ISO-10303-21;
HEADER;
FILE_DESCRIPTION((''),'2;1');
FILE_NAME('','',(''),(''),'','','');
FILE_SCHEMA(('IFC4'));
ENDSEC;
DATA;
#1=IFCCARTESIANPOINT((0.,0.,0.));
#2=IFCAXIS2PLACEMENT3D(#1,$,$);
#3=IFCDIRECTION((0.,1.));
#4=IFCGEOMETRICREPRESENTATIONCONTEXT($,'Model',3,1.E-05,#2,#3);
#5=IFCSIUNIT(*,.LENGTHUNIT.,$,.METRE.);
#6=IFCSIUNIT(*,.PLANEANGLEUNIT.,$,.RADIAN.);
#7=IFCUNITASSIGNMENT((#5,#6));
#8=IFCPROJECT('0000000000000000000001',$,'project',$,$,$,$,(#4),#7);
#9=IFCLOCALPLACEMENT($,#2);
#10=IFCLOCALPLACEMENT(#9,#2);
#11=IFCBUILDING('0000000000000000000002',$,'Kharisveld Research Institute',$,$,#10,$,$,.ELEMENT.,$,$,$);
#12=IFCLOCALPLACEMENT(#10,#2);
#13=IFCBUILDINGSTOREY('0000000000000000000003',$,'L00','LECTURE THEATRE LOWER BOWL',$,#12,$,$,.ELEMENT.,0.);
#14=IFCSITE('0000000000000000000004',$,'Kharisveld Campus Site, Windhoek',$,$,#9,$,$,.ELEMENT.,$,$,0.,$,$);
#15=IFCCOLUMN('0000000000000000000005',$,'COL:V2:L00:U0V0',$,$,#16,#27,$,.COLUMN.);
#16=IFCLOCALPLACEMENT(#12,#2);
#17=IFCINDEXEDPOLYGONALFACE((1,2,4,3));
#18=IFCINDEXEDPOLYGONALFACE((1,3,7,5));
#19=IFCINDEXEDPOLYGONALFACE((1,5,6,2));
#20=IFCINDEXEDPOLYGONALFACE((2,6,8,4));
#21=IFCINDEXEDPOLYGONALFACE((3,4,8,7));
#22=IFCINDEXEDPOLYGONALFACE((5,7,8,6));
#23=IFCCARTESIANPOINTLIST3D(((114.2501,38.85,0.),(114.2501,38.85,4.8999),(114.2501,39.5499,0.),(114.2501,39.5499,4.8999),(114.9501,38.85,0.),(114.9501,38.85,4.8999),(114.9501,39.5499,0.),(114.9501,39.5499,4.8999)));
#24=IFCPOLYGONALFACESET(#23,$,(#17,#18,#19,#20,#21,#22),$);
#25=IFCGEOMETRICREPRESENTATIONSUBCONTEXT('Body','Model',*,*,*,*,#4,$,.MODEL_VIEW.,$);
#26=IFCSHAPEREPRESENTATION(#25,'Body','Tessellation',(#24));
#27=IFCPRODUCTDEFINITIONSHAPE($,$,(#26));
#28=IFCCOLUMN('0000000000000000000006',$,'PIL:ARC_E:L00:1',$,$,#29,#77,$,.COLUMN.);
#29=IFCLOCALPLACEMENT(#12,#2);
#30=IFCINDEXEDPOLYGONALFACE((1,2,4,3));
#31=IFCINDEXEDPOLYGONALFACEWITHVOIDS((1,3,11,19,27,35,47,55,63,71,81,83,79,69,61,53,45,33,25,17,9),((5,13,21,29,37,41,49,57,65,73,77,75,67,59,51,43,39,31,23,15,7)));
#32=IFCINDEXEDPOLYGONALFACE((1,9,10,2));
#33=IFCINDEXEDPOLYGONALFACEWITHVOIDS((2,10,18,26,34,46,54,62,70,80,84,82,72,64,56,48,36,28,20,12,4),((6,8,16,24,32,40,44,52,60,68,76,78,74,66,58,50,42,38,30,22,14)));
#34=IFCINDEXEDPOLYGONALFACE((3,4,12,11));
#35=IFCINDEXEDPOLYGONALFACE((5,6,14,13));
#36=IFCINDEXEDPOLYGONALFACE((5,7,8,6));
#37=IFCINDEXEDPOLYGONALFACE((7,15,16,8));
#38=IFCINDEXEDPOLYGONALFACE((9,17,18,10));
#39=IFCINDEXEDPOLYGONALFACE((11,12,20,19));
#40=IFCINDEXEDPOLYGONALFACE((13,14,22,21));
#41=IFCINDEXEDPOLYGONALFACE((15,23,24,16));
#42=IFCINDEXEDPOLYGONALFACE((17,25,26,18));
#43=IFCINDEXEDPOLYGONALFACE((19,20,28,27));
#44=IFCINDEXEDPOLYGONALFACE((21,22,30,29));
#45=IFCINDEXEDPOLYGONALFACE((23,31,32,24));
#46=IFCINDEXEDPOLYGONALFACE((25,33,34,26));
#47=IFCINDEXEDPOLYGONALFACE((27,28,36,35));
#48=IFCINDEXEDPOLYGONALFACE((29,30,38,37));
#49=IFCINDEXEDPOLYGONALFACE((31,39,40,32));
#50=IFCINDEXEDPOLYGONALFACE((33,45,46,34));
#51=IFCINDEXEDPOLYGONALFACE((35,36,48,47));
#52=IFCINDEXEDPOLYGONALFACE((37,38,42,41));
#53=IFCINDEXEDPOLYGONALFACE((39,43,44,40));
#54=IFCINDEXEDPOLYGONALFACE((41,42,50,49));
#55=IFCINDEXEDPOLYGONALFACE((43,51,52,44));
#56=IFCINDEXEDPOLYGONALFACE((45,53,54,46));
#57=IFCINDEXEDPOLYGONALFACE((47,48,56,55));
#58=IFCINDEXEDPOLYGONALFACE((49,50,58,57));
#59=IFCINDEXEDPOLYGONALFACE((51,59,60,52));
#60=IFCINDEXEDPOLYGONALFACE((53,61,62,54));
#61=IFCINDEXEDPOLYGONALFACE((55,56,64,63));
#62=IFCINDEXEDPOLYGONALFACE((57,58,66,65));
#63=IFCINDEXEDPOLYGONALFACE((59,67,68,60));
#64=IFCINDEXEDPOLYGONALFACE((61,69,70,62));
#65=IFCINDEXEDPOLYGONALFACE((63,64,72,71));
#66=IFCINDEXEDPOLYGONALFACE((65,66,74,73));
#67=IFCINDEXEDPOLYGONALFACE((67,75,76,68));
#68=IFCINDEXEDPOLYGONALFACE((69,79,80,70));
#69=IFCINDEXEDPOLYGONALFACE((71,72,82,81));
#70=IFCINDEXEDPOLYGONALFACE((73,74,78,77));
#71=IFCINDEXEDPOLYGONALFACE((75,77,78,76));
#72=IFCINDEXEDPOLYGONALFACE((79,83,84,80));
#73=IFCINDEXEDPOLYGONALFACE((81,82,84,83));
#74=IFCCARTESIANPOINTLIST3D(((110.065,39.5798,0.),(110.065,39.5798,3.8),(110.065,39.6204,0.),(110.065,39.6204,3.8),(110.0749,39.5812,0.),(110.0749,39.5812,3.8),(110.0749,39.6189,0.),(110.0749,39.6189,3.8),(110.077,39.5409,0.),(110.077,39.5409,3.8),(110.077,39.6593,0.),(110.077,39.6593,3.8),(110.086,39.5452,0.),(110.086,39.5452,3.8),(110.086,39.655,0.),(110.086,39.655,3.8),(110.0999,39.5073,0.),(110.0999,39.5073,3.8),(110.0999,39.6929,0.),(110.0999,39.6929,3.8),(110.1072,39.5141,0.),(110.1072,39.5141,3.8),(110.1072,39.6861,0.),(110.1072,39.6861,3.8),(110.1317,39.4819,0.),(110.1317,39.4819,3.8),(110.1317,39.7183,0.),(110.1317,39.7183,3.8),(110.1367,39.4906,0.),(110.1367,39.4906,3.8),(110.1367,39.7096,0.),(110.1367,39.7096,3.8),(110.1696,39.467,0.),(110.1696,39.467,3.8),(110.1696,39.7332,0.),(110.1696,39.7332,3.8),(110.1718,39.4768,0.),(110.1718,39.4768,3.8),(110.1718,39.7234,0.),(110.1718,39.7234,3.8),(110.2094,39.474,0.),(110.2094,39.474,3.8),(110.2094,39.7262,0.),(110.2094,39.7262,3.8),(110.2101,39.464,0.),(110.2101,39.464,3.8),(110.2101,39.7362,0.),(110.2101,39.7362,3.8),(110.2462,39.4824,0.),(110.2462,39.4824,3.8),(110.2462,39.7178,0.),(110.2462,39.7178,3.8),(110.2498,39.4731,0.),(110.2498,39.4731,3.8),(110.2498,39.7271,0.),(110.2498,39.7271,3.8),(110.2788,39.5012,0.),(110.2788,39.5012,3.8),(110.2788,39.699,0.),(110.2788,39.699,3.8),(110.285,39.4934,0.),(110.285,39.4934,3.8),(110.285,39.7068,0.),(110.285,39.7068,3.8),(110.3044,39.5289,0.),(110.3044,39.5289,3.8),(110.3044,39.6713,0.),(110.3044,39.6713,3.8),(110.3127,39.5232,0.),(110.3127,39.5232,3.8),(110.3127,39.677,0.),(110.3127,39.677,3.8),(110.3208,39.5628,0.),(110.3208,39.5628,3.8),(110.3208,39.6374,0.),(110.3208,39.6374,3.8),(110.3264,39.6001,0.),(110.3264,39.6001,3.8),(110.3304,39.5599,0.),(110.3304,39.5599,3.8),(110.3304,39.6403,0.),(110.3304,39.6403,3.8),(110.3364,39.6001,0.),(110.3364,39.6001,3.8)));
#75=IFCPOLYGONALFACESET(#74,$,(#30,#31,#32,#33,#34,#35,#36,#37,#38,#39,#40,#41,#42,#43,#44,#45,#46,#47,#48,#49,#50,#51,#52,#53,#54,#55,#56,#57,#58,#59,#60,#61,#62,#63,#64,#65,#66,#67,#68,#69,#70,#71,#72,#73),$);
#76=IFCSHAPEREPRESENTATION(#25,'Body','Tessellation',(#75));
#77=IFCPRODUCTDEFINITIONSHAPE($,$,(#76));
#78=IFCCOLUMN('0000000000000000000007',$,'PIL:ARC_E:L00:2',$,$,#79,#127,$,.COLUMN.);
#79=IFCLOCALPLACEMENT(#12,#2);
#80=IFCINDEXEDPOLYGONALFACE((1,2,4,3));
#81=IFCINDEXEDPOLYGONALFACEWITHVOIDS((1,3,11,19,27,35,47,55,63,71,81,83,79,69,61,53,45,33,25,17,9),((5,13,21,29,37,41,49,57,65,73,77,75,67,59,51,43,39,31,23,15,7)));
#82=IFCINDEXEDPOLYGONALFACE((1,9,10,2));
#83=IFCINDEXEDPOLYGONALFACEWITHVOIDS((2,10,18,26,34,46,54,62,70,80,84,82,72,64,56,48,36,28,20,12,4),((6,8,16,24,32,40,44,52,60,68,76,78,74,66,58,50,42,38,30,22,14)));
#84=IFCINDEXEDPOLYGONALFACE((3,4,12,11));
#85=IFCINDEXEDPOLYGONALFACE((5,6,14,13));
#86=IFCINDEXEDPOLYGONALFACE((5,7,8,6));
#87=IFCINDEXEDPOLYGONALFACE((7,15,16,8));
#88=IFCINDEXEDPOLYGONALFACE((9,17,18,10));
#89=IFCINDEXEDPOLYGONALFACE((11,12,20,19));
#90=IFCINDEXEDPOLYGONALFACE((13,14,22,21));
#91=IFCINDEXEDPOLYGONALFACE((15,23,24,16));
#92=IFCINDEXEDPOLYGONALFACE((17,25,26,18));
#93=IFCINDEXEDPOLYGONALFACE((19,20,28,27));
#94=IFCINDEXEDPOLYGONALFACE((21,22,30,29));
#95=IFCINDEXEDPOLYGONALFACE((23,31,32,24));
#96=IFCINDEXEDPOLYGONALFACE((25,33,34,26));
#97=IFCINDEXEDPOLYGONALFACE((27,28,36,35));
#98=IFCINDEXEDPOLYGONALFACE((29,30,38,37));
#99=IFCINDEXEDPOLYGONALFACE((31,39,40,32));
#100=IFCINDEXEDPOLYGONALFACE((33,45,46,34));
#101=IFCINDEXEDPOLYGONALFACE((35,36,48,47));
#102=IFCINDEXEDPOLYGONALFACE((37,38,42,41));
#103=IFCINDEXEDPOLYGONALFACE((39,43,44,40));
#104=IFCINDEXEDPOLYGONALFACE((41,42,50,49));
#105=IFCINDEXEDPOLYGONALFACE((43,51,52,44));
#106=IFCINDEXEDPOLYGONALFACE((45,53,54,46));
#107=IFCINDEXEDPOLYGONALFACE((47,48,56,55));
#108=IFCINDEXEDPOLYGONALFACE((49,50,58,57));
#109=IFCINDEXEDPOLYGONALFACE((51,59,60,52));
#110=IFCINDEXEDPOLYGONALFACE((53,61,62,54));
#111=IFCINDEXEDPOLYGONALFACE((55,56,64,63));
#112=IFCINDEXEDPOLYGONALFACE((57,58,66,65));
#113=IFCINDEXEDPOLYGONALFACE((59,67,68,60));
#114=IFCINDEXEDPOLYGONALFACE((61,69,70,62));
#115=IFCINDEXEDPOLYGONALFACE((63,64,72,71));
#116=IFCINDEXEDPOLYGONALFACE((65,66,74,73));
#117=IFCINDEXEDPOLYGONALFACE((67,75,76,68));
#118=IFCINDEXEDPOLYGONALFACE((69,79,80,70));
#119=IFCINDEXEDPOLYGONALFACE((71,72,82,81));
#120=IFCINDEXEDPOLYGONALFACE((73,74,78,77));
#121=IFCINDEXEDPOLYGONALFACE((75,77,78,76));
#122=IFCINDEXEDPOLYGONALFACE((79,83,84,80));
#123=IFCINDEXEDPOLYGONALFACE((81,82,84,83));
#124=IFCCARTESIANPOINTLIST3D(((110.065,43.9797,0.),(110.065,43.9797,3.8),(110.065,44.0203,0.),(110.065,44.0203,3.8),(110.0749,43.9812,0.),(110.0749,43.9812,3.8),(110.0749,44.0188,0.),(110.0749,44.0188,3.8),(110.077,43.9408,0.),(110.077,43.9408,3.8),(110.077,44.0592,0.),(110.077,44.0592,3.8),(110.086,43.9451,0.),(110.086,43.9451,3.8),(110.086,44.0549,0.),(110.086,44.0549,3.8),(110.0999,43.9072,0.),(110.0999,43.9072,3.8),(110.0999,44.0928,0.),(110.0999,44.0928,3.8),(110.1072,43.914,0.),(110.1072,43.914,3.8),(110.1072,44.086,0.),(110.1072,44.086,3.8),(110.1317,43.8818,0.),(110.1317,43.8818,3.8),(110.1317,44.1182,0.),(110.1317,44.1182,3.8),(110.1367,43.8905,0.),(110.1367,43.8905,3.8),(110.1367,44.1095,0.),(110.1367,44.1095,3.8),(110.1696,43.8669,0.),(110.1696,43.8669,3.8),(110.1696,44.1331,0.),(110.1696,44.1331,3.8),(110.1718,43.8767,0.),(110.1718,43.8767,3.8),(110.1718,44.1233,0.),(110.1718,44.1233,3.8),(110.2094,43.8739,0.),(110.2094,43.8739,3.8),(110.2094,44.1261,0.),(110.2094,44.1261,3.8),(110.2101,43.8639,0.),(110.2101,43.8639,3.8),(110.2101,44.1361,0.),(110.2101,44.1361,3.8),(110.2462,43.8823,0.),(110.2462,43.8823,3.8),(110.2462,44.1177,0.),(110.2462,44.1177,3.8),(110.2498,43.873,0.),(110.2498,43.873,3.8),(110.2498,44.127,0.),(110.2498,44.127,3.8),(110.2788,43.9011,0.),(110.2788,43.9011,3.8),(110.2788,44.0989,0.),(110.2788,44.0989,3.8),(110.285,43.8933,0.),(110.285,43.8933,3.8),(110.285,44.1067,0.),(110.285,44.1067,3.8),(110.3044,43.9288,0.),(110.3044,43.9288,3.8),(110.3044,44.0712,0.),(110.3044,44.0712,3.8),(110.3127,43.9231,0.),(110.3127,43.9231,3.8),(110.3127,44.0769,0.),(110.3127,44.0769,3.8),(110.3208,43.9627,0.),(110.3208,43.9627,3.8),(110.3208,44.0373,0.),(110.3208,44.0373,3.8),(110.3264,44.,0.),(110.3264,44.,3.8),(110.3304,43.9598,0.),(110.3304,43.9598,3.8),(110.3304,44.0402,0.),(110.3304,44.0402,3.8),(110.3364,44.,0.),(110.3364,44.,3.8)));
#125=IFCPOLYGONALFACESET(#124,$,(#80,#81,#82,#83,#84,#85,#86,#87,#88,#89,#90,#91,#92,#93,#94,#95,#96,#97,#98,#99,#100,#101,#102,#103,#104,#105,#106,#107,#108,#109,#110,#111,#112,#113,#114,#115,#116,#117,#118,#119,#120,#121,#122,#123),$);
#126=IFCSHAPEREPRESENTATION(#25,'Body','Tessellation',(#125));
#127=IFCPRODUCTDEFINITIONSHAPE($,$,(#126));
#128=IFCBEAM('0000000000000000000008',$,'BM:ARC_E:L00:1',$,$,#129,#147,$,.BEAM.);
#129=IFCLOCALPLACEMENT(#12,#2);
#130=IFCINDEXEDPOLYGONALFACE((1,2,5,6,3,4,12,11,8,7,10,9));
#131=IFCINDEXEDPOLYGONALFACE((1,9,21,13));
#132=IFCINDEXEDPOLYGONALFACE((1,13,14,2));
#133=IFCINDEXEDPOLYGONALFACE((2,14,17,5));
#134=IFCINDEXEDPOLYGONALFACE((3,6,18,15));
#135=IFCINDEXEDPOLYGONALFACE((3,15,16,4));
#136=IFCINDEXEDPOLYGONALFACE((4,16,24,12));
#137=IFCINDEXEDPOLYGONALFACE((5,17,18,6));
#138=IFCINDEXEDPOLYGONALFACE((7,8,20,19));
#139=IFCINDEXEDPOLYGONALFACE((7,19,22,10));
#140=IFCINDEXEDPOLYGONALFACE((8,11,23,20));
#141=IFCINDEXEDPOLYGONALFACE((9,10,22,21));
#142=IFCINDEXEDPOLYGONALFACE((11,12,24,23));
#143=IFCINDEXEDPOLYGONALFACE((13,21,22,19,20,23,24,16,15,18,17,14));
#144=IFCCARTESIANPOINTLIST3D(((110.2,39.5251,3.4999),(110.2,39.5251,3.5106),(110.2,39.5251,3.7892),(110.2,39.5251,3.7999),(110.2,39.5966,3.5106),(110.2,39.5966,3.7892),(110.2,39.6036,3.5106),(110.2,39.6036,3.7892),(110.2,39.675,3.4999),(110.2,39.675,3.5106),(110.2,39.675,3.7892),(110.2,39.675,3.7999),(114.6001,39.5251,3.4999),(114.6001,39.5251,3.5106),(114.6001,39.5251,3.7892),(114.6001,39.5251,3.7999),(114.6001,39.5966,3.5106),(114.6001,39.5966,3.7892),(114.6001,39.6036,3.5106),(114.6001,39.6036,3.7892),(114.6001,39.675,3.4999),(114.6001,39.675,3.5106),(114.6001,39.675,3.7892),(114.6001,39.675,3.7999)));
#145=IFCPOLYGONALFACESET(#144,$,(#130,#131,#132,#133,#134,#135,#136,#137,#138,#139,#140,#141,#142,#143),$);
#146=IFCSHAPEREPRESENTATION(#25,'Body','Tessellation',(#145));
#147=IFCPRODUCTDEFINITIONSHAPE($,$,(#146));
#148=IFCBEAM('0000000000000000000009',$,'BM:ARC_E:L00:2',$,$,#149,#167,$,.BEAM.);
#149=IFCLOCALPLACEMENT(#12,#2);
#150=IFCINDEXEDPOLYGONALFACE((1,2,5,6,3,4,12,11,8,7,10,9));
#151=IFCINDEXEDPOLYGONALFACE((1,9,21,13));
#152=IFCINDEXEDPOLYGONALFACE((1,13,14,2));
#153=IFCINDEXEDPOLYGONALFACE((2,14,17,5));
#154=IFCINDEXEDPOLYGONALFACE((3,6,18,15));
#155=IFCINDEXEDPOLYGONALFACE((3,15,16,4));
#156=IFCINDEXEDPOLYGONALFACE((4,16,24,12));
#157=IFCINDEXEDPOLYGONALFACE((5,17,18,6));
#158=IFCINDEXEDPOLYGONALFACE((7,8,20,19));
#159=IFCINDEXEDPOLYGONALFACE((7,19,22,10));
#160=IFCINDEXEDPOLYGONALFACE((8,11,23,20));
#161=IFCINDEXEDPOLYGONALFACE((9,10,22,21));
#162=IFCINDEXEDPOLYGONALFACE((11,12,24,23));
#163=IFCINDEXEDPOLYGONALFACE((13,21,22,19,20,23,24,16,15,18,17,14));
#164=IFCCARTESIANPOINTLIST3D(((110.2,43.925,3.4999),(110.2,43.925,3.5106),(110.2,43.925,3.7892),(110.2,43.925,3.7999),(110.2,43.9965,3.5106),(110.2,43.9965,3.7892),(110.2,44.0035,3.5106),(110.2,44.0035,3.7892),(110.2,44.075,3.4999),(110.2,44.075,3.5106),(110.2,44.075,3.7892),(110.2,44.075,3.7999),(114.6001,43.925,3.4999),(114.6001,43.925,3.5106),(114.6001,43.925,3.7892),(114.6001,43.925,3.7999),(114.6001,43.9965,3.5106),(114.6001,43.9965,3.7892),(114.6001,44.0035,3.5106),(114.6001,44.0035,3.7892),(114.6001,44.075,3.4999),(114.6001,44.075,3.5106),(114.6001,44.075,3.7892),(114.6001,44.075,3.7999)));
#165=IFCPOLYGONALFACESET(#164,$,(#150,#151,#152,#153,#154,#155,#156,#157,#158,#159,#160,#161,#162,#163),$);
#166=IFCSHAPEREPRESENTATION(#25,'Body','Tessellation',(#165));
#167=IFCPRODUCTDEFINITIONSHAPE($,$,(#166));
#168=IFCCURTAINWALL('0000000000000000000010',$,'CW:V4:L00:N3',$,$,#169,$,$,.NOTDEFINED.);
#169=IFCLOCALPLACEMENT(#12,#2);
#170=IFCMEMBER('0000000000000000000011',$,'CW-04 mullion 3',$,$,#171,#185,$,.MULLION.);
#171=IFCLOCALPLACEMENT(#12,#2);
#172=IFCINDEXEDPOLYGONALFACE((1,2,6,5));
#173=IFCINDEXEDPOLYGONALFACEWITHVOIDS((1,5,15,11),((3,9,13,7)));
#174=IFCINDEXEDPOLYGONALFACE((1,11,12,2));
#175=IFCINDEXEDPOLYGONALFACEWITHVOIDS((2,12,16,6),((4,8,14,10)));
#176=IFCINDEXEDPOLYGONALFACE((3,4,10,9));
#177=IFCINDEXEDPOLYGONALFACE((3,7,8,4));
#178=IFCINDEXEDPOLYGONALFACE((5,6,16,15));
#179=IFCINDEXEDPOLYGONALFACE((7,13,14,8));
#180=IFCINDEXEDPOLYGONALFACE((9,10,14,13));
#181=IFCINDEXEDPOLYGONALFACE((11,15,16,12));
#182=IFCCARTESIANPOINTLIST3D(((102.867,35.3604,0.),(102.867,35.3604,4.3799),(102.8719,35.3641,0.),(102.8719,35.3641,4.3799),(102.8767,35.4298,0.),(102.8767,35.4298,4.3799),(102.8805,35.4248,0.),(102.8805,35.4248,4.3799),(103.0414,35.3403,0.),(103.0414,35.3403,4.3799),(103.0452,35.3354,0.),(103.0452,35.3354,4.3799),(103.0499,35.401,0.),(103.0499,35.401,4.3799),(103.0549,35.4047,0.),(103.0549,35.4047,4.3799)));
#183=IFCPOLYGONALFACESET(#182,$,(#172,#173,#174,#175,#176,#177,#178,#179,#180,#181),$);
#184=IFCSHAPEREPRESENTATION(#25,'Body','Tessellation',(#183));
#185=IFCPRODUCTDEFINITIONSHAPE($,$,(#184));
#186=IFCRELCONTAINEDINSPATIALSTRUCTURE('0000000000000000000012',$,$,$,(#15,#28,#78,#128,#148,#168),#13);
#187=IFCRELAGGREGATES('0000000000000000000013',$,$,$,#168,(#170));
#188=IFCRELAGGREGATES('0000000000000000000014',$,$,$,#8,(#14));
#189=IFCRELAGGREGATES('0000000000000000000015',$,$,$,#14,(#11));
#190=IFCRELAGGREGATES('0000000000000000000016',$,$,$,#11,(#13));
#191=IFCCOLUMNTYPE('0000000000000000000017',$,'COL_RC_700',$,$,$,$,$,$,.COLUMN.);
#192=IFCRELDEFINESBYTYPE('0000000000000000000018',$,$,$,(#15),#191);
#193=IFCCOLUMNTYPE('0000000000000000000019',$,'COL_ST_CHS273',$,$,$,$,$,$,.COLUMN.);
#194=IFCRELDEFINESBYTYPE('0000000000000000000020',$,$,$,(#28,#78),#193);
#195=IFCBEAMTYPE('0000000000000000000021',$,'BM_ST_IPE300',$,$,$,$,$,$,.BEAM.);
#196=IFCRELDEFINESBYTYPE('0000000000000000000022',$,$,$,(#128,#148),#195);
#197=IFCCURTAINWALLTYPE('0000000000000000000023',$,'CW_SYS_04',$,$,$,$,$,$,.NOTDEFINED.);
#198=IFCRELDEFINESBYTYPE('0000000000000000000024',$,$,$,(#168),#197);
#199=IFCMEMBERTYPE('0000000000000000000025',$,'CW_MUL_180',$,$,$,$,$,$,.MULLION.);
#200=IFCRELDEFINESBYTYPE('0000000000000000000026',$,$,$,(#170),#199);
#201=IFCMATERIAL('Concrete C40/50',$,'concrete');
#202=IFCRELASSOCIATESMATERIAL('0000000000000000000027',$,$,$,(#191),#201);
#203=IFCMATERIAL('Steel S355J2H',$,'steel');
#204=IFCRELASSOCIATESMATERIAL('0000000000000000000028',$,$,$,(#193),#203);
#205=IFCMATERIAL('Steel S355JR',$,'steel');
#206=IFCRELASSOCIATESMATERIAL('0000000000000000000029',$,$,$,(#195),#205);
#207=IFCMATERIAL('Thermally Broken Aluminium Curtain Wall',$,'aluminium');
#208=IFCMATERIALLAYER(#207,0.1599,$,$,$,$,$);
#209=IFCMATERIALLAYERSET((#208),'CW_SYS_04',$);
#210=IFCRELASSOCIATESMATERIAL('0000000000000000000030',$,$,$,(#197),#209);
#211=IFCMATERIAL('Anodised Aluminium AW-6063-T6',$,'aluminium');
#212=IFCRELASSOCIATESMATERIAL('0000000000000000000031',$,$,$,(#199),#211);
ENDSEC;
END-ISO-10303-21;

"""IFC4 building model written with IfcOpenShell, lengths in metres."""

from ifc_helpers import new_model, si_unit, direction, frame, origin, origin_2d, place, context, subcontext, project, spatial, rectangle, hollow_rectangle, hollow_circle, i_section, extrude, material, layer, layer_set, material_profile, profile_set, type_object, element, aggregate, save


model = new_model("IFC4")

# Units and contexts
model_context = context("Model", 3, precision=1e-05, world=origin(), true_north=direction((0.0, 1.0)))
body_context = subcontext(model_context, "Body", "Model", "MODEL_VIEW")
ifc_project = project(units=[si_unit("LENGTHUNIT", "METRE"), si_unit("PLANEANGLEUNIT", "RADIAN")], contexts=[model_context])

# Site, building, storey
site_placement = place(None, origin())
site = spatial("IfcSite", under=ifc_project, at=site_placement, Name="Kharisveld Campus Site, Windhoek", CompositionType="ELEMENT", RefElevation=0.0)
building_placement = place(site_placement, origin())
building = spatial("IfcBuilding", under=site, at=building_placement, Name="Kharisveld Research Institute", CompositionType="ELEMENT")
storey_placement = place(building_placement, origin())
storey = spatial("IfcBuildingStorey", under=building, at=storey_placement, Name="L00", Description="LECTURE THEATRE LOWER BOWL", CompositionType="ELEMENT", Elevation=0.0)

# Columns
ifc_material_1 = material(Name="Concrete C40/50", Category="concrete")
ifc_material_profile_1 = material_profile(ifc_material_1, rectangle(XDim=0.7, YDim=0.7, at=origin_2d()))
ifc_profile_set_1 = profile_set([ifc_material_profile_1], Name="Concrete C40/50")
column_type_1 = type_object("IfcColumnType", Name="COL_RC_700", PredefinedType="COLUMN", material=ifc_profile_set_1)
column_placement = place(storey_placement, frame((114.6001, 39.2, 0.0), z_axis=(0.0, 0.0, 1.0), x_axis=(1.0, 0.0, 0.0)))
element("IfcColumn", 1, at=column_placement, inside=storey, type_object=column_type_1, Name="COL:V2:L00:U0V0", PredefinedType="COLUMN", context=body_context, shape_type="SweptSolid", body=[
    extrude(rectangle(XDim=0.7, YDim=0.7, at=origin_2d()), origin(), (0.0, 0.0, 1.0), 4.8999),
])
ifc_material_2 = material(Name="Steel S355J2H", Category="steel")
ifc_material_profile_2 = material_profile(ifc_material_2, hollow_circle(Radius=0.1365, WallThickness=0.01, at=origin_2d()))
ifc_profile_set_2 = profile_set([ifc_material_profile_2], Name="Steel S355J2H")
column_type_2 = type_object("IfcColumnType", Name="COL_ST_CHS273", PredefinedType="COLUMN", material=ifc_profile_set_2)
for number, where, z_axis, x_axis, name in (
    (2, (110.2, 39.6001, 0.0), (0.0, 0.0, 1.0), (1.0, 0.0, 0.0), "PIL:ARC_E:L00:1"),
    (3, (110.2, 44.0, 0.0), (0.0, 0.0, 1.0), (1.0, 0.0, 0.0), "PIL:ARC_E:L00:2"),
):
    element("IfcColumn", number, at=place(storey_placement, frame(where, z_axis=z_axis, x_axis=x_axis)), inside=storey, type_object=column_type_2, Name=name, PredefinedType="COLUMN", context=body_context, shape_type="SweptSolid", body=[
        extrude(hollow_circle(Radius=0.1365, WallThickness=0.01, at=origin_2d()), origin(), (0.0, 0.0, 1.0), 3.8),
    ])

# Beams
ifc_material_3 = material(Name="Steel S355JR", Category="steel")
ifc_material_profile_3 = material_profile(ifc_material_3, i_section(OverallWidth=0.1499, OverallDepth=0.3, WebThickness=0.0071, FlangeThickness=0.0107, at=origin_2d()))
ifc_profile_set_3 = profile_set([ifc_material_profile_3], Name="Steel S355JR")
beam_type = type_object("IfcBeamType", Name="BM_ST_IPE300", PredefinedType="BEAM", material=ifc_profile_set_3)
for number, where, z_axis, x_axis, name in (
    (4, (110.2, 39.6001, 3.6499), (1.0, 0.0, 0.0), (0.0, 1.0, 0.0), "BM:ARC_E:L00:1"),
    (5, (110.2, 44.0, 3.6499), (1.0, 0.0, 0.0), (0.0, 1.0, 0.0), "BM:ARC_E:L00:2"),
):
    element("IfcBeam", number, at=place(storey_placement, frame(where, z_axis=z_axis, x_axis=x_axis)), inside=storey, type_object=beam_type, Name=name, PredefinedType="BEAM", context=body_context, shape_type="SweptSolid", body=[
        extrude(i_section(OverallWidth=0.1499, OverallDepth=0.3, WebThickness=0.0071, FlangeThickness=0.0107, at=origin_2d()), origin(), (0.0, 0.0, 1.0), 4.4001),
    ])

# Curtain wall, member
ifc_material_4 = material(Name="Thermally Broken Aluminium Curtain Wall", Category="aluminium")
ifc_layer_1 = layer(ifc_material_4, 0.1599)
ifc_layer_set_1 = layer_set([ifc_layer_1], Name="CW_SYS_04")
curtain_wall_type = type_object("IfcCurtainWallType", Name="CW_SYS_04", PredefinedType="NOTDEFINED", material=ifc_layer_set_1)
curtain_wall_placement = place(storey_placement, origin())
curtain_wall = element("IfcCurtainWall", 6, at=curtain_wall_placement, inside=storey, type_object=curtain_wall_type, Name="CW:V4:L00:N3", PredefinedType="NOTDEFINED")
ifc_material_5 = material(Name="Anodised Aluminium AW-6063-T6", Category="aluminium")
ifc_material_profile_4 = material_profile(ifc_material_5, hollow_rectangle(XDim=0.0701, YDim=0.1799, WallThickness=0.0044, at=origin_2d()))
ifc_profile_set_4 = profile_set([ifc_material_profile_4], Name="Anodised Aluminium AW-6063-T6")
member_type_1 = type_object("IfcMemberType", Name="CW_MUL_180", PredefinedType="MULLION", material=ifc_profile_set_4)
member_1_placement = place(storey_placement, frame((102.9609, 35.3826, 0.0), z_axis=(0.0, 0.0, 1.0), x_axis=(0.139173, 0.990268, 0.0)))
member_1 = element("IfcMember", 7, at=member_1_placement, type_object=member_type_1, Name="CW-04 mullion 3", PredefinedType="MULLION", context=body_context, shape_type="SweptSolid", body=[
    extrude(hollow_rectangle(XDim=0.0701, YDim=0.1799, WallThickness=0.0044, at=origin_2d()), origin(), (0.0, 0.0, 1.0), 4.3799),
])
aggregate(curtain_wall, [member_1])

save(model, "model.ifc")
